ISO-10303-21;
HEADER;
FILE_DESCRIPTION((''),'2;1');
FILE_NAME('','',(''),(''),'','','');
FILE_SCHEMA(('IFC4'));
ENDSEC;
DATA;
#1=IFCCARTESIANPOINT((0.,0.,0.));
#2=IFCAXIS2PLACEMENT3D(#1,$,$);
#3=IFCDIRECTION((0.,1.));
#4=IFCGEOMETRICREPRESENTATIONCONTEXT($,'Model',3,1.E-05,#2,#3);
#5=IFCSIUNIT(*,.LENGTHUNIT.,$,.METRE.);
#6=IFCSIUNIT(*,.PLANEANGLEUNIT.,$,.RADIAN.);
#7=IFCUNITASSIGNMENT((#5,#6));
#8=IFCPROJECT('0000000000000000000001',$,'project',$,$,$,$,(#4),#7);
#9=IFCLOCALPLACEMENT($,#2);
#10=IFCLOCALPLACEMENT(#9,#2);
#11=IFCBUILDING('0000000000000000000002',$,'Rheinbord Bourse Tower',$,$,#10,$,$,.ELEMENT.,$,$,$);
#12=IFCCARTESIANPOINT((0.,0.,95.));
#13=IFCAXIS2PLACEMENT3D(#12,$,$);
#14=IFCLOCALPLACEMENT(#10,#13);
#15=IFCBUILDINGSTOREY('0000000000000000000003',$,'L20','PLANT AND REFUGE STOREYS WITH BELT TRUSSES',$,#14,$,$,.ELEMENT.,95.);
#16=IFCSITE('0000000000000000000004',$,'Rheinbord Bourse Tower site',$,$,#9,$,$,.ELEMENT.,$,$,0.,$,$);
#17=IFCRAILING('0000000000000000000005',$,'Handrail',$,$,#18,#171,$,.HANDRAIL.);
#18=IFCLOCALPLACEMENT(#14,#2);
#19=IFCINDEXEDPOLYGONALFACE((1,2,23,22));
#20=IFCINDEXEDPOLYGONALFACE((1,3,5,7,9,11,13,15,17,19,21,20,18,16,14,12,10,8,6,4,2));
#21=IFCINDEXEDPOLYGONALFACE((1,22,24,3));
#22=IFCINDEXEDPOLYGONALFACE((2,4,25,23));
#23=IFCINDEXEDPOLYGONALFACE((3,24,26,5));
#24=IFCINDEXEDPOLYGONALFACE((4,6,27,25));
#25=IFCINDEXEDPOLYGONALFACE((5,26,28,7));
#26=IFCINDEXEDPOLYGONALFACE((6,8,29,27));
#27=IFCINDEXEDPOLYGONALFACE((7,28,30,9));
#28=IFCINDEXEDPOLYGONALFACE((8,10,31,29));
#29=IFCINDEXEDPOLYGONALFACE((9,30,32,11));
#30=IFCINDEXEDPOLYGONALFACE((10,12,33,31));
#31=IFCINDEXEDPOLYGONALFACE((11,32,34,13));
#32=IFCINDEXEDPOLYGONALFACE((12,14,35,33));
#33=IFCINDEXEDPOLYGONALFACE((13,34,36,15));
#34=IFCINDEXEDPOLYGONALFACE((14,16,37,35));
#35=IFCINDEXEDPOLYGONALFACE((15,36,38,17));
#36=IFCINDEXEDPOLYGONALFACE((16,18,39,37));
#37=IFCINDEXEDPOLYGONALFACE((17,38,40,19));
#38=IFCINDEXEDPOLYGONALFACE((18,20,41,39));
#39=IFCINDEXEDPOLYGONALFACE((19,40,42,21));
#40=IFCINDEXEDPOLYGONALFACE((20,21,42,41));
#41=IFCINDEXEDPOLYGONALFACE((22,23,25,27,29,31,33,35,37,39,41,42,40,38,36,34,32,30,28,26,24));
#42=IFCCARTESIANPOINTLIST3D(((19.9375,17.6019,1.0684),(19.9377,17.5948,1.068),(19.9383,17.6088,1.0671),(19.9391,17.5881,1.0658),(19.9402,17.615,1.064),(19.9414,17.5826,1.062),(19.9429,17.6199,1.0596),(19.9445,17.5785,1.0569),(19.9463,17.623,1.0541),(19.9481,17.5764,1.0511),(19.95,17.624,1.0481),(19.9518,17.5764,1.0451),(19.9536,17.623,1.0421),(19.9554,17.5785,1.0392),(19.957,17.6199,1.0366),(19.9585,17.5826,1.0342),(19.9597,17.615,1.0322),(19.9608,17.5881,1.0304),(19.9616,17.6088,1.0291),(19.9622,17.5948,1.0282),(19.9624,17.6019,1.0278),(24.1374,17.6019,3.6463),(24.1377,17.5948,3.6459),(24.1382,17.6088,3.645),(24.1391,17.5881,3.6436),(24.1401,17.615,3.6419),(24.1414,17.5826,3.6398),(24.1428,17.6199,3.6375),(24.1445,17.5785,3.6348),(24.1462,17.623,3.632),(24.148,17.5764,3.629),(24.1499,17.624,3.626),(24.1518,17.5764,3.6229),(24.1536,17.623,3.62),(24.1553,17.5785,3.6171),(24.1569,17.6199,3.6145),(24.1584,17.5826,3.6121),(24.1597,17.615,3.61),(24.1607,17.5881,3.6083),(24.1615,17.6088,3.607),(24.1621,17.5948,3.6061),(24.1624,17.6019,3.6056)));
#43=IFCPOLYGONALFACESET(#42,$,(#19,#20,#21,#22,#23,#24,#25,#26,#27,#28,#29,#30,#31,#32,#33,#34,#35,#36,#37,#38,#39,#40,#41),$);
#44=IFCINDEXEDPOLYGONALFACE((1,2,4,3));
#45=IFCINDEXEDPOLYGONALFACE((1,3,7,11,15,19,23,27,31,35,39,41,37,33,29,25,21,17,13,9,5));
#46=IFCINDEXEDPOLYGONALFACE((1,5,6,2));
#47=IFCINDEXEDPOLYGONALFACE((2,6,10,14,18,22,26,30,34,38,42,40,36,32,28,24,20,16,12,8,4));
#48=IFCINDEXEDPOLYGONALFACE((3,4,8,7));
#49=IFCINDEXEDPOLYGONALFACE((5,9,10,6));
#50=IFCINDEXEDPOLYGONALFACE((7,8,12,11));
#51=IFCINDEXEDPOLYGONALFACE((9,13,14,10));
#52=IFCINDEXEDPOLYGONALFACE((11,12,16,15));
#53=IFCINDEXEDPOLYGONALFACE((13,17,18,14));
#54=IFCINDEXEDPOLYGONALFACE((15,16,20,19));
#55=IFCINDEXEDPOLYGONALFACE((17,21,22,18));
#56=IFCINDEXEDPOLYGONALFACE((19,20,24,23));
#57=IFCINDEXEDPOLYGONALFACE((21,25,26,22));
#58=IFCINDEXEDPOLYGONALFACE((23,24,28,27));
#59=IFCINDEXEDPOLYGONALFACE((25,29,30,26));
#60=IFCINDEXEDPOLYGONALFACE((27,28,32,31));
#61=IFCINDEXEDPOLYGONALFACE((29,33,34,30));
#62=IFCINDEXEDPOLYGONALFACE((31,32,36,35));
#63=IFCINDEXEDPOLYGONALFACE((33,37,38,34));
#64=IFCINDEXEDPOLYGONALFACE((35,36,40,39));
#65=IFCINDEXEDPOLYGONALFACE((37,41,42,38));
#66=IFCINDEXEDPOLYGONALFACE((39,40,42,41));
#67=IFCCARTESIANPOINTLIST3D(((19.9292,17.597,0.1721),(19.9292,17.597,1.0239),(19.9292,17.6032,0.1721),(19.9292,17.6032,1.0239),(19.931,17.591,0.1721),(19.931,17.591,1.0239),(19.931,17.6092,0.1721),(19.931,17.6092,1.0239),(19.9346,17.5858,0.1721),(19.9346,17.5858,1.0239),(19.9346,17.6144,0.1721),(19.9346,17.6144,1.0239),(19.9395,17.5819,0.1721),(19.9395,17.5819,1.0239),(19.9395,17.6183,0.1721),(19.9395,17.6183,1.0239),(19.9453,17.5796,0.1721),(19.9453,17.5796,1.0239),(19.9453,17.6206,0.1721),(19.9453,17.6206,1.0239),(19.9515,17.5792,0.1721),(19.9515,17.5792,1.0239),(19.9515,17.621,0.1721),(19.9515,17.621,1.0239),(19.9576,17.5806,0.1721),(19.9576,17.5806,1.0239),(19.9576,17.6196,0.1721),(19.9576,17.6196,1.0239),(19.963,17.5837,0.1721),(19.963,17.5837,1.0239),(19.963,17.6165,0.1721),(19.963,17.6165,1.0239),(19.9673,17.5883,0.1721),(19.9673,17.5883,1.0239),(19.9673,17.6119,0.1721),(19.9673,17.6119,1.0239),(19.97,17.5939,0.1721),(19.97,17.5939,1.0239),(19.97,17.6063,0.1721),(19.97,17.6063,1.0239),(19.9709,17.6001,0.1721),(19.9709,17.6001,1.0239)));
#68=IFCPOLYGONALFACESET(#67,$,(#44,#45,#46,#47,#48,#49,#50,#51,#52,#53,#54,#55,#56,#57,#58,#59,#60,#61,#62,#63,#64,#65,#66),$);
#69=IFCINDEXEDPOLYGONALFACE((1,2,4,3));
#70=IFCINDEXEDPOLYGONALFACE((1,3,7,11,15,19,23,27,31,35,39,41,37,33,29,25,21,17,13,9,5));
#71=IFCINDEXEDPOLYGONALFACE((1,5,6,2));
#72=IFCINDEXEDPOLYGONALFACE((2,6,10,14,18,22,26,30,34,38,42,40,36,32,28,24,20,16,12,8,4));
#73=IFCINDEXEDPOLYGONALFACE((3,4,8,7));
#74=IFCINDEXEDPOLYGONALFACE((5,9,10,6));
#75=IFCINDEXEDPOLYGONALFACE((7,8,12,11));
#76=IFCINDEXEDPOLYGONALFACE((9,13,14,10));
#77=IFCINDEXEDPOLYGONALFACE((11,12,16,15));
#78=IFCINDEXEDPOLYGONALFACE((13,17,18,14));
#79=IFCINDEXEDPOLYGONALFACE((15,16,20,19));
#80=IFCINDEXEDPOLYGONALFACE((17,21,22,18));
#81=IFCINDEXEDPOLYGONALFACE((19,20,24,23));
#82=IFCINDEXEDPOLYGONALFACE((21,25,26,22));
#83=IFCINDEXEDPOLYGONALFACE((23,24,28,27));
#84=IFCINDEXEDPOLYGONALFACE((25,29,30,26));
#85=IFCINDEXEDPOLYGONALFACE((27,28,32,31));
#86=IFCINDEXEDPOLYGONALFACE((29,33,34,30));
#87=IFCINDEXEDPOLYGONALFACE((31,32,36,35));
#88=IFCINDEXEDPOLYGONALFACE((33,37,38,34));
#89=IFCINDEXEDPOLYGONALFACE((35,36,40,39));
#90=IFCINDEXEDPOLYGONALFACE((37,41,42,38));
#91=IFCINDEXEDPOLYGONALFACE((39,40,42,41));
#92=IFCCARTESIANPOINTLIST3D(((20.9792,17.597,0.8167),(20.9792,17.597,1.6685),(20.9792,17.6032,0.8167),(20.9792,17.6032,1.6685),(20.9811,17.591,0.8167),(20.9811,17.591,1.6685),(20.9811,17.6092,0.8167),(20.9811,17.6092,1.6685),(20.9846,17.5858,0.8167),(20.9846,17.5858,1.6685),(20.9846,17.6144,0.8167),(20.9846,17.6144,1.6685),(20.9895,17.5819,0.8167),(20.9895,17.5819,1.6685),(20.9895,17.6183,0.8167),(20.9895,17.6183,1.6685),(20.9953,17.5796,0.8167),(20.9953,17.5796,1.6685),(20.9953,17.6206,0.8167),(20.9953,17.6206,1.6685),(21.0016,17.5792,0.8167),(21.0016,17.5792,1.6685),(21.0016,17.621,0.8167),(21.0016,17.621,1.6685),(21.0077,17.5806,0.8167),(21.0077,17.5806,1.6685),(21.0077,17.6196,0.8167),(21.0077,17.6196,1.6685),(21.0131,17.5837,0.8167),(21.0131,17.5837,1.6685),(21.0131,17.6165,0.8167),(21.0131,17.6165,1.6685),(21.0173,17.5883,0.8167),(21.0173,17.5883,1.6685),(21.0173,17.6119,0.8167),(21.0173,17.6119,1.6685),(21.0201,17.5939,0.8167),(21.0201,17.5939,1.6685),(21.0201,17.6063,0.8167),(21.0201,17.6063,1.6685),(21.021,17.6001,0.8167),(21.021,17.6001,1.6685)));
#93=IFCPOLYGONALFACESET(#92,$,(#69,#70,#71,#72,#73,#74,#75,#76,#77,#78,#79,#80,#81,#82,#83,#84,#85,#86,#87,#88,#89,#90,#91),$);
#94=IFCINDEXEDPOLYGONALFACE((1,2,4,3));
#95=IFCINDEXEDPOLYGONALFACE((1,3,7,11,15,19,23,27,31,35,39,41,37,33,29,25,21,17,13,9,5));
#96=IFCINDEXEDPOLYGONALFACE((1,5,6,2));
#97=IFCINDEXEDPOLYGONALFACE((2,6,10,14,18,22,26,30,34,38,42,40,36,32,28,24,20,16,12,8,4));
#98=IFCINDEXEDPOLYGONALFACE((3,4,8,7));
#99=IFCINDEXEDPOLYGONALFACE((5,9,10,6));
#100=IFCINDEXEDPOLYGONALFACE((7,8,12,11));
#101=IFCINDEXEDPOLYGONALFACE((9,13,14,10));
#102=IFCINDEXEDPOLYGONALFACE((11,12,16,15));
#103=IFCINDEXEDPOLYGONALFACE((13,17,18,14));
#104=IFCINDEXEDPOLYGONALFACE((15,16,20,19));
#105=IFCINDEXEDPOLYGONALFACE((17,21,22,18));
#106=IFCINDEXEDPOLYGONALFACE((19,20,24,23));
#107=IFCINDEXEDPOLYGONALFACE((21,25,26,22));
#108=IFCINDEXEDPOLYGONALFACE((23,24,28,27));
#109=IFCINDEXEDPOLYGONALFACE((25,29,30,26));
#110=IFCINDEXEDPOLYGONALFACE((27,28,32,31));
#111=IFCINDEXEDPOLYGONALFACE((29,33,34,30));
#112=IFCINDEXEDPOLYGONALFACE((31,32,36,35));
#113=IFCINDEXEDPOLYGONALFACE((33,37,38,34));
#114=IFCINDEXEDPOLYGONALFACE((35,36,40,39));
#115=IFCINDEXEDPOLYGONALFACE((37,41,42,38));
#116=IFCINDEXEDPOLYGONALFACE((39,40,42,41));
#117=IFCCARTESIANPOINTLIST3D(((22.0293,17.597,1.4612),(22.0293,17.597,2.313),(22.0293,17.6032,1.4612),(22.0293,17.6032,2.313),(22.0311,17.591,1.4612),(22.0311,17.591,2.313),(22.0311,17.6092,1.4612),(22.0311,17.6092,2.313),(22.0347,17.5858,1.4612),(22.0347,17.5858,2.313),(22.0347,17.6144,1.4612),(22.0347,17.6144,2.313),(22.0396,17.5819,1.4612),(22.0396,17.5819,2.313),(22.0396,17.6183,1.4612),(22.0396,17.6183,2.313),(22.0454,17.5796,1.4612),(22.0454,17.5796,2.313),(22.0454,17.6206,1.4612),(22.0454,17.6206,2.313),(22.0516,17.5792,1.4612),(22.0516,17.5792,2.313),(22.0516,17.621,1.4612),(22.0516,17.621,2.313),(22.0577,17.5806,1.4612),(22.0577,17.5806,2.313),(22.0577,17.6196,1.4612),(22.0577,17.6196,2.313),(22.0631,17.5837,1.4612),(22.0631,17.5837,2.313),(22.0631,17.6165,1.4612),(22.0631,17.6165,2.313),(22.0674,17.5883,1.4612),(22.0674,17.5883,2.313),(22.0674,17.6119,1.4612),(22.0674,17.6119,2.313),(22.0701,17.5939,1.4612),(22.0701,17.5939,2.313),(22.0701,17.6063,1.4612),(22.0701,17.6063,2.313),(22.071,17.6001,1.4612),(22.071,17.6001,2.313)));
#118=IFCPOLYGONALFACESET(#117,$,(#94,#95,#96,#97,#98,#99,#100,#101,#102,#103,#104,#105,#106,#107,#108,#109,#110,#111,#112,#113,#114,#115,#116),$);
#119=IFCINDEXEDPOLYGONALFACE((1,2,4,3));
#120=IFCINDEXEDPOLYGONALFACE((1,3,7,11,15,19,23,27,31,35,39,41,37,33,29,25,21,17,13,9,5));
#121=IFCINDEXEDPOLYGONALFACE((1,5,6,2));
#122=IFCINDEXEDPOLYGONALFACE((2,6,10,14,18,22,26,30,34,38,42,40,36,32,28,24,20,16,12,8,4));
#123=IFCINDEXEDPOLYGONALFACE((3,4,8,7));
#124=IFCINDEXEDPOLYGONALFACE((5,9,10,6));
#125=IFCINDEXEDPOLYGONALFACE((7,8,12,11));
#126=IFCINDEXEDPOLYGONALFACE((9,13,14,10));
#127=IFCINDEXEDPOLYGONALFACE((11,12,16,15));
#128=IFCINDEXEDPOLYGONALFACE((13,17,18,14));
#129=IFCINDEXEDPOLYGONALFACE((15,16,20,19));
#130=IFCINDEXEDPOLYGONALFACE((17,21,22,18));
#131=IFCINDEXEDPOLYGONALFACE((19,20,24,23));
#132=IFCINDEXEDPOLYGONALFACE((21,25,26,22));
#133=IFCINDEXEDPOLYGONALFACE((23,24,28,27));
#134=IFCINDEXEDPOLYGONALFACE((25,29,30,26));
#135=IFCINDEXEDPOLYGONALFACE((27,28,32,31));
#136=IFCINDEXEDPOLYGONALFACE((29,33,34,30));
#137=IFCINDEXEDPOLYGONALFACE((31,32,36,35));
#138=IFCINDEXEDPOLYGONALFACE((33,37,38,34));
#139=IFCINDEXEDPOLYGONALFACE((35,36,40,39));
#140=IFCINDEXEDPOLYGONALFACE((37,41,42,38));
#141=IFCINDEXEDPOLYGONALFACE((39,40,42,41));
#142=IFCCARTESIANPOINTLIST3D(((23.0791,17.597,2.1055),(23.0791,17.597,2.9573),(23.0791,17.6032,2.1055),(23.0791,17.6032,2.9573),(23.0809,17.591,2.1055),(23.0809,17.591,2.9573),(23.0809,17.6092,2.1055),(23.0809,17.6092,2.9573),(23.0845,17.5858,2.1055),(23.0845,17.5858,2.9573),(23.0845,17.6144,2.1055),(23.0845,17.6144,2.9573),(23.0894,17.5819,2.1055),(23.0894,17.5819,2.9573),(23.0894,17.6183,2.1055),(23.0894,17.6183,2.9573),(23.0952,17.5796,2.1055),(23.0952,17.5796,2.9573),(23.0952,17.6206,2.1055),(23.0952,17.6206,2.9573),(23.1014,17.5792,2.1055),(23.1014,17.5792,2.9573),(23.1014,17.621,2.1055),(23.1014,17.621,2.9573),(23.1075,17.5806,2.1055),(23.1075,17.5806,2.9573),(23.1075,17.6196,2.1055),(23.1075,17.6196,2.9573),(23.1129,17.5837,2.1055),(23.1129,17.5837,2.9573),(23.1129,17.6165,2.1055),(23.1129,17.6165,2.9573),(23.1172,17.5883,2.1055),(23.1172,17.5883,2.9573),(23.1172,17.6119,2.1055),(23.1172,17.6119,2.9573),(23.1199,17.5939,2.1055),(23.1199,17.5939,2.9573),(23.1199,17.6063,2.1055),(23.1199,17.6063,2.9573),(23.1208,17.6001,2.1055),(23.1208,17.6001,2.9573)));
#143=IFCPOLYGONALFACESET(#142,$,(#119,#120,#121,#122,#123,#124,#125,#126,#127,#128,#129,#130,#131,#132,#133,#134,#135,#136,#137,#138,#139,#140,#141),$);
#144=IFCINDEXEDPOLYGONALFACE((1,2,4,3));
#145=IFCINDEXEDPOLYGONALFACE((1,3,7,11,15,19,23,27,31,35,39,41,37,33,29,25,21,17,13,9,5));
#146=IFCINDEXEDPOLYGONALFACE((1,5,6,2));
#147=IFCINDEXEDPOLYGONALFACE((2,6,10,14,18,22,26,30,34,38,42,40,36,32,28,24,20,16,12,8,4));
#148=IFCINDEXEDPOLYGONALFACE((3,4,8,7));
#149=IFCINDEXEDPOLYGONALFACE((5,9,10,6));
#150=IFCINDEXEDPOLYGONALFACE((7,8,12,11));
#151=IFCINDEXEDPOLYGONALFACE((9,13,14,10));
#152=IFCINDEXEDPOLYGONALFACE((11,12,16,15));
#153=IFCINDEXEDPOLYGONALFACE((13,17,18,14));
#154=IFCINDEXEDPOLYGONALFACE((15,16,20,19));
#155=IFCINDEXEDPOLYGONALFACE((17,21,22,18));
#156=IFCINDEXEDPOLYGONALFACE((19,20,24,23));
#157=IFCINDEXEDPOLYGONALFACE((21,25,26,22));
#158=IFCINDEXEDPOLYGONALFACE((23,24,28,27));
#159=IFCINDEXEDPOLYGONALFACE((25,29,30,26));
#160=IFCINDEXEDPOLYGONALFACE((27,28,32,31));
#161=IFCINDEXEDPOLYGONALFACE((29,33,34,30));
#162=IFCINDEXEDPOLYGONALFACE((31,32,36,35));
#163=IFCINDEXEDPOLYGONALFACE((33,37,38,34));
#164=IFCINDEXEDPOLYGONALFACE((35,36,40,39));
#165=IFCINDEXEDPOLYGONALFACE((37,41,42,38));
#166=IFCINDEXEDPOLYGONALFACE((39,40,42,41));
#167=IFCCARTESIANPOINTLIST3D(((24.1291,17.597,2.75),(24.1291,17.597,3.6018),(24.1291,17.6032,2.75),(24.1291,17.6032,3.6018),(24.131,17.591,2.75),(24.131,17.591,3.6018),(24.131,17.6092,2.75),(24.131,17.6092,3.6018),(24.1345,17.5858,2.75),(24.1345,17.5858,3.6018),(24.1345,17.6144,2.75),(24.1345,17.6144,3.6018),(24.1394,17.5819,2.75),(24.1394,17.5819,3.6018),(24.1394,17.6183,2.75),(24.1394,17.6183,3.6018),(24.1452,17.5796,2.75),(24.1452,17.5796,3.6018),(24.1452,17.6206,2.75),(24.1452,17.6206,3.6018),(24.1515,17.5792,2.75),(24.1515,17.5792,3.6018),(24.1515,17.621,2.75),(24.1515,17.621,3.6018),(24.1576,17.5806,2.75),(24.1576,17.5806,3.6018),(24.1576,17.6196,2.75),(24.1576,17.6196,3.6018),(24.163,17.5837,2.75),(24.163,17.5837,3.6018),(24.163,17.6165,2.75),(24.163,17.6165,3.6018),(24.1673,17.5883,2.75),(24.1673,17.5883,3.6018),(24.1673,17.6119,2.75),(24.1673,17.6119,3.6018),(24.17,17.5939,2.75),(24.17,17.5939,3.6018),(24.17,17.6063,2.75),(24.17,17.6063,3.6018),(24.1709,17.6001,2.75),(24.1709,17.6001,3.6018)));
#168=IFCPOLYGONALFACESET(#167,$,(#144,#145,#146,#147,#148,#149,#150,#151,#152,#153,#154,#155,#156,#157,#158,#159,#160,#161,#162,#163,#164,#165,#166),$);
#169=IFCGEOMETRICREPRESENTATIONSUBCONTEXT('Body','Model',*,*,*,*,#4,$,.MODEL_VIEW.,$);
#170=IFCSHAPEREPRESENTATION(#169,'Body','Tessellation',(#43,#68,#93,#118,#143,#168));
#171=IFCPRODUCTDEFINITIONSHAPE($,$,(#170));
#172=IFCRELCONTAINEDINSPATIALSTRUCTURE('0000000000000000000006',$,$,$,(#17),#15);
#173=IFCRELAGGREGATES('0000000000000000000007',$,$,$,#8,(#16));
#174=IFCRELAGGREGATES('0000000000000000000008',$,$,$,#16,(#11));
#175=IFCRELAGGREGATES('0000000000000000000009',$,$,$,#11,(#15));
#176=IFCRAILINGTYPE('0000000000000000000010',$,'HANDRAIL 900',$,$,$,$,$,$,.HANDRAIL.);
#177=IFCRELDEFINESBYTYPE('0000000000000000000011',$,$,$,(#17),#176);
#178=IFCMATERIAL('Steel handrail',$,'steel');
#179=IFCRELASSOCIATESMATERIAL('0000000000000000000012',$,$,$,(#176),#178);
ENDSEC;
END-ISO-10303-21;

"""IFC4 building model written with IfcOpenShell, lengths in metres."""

from ifc_helpers import new_model, si_unit, direction, frame, origin, origin_2d, place, context, subcontext, project, spatial, circle, extrude, material, type_object, element, save


model = new_model("IFC4")

# Units and contexts
model_context = context("Model", 3, precision=1e-05, world=origin(), true_north=direction((0.0, 1.0)))
body_context = subcontext(model_context, "Body", "Model", "MODEL_VIEW")
ifc_project = project(units=[si_unit("LENGTHUNIT", "METRE"), si_unit("PLANEANGLEUNIT", "RADIAN")], contexts=[model_context])

# Site, building, storey
site_placement = place(None, origin())
site = spatial("IfcSite", under=ifc_project, at=site_placement, Name="Rheinbord Bourse Tower site", CompositionType="ELEMENT", RefElevation=0.0)
building_placement = place(site_placement, origin())
building = spatial("IfcBuilding", under=site, at=building_placement, Name="Rheinbord Bourse Tower", CompositionType="ELEMENT")
storey_placement = place(building_placement, frame((0.0, 0.0, 95.0)))
storey = spatial("IfcBuildingStorey", under=building, at=storey_placement, Name="L20", Description="PLANT AND REFUGE STOREYS WITH BELT TRUSSES", CompositionType="ELEMENT", Elevation=95.0)

# Railing
ifc_material_1 = material(Name="Steel handrail", Category="steel")
railing_type = type_object("IfcRailingType", Name="HANDRAIL 900", PredefinedType="HANDRAIL", material=ifc_material_1)
railing_placement = place(storey_placement, frame((19.95, 17.6001, 0.1721)))
element("IfcRailing", 1, at=railing_placement, inside=storey, type_object=railing_type, Name="Handrail", PredefinedType="HANDRAIL", context=body_context, shape_type="SweptSolid", body=[
    extrude(circle(Radius=0.0239, at=origin_2d()), frame((0.0, 0.0, 0.876), z_axis=(0.852265, 0.0, 0.52311), x_axis=(0.0, 1.0, 0.0)), (0.0, 0.0, 1.0), 4.928),
    extrude(circle(Radius=0.021, at=origin_2d()), origin(), (0.0, 0.0, 1.0), 0.8518),
    extrude(circle(Radius=0.021, at=origin_2d()), frame((1.05, 0.0, 0.6445)), (0.0, 0.0, 1.0), 0.8518),
    extrude(circle(Radius=0.021, at=origin_2d()), frame((2.1001, 0.0, 1.2891)), (0.0, 0.0, 1.0), 0.8518),
    extrude(circle(Radius=0.021, at=origin_2d()), frame((3.1499, 0.0, 1.9333)), (0.0, 0.0, 1.0), 0.8518),
    extrude(circle(Radius=0.021, at=origin_2d()), frame((4.2, 0.0, 2.5779)), (0.0, 0.0, 1.0), 0.8518),
])

save(model, "model.ifc")
